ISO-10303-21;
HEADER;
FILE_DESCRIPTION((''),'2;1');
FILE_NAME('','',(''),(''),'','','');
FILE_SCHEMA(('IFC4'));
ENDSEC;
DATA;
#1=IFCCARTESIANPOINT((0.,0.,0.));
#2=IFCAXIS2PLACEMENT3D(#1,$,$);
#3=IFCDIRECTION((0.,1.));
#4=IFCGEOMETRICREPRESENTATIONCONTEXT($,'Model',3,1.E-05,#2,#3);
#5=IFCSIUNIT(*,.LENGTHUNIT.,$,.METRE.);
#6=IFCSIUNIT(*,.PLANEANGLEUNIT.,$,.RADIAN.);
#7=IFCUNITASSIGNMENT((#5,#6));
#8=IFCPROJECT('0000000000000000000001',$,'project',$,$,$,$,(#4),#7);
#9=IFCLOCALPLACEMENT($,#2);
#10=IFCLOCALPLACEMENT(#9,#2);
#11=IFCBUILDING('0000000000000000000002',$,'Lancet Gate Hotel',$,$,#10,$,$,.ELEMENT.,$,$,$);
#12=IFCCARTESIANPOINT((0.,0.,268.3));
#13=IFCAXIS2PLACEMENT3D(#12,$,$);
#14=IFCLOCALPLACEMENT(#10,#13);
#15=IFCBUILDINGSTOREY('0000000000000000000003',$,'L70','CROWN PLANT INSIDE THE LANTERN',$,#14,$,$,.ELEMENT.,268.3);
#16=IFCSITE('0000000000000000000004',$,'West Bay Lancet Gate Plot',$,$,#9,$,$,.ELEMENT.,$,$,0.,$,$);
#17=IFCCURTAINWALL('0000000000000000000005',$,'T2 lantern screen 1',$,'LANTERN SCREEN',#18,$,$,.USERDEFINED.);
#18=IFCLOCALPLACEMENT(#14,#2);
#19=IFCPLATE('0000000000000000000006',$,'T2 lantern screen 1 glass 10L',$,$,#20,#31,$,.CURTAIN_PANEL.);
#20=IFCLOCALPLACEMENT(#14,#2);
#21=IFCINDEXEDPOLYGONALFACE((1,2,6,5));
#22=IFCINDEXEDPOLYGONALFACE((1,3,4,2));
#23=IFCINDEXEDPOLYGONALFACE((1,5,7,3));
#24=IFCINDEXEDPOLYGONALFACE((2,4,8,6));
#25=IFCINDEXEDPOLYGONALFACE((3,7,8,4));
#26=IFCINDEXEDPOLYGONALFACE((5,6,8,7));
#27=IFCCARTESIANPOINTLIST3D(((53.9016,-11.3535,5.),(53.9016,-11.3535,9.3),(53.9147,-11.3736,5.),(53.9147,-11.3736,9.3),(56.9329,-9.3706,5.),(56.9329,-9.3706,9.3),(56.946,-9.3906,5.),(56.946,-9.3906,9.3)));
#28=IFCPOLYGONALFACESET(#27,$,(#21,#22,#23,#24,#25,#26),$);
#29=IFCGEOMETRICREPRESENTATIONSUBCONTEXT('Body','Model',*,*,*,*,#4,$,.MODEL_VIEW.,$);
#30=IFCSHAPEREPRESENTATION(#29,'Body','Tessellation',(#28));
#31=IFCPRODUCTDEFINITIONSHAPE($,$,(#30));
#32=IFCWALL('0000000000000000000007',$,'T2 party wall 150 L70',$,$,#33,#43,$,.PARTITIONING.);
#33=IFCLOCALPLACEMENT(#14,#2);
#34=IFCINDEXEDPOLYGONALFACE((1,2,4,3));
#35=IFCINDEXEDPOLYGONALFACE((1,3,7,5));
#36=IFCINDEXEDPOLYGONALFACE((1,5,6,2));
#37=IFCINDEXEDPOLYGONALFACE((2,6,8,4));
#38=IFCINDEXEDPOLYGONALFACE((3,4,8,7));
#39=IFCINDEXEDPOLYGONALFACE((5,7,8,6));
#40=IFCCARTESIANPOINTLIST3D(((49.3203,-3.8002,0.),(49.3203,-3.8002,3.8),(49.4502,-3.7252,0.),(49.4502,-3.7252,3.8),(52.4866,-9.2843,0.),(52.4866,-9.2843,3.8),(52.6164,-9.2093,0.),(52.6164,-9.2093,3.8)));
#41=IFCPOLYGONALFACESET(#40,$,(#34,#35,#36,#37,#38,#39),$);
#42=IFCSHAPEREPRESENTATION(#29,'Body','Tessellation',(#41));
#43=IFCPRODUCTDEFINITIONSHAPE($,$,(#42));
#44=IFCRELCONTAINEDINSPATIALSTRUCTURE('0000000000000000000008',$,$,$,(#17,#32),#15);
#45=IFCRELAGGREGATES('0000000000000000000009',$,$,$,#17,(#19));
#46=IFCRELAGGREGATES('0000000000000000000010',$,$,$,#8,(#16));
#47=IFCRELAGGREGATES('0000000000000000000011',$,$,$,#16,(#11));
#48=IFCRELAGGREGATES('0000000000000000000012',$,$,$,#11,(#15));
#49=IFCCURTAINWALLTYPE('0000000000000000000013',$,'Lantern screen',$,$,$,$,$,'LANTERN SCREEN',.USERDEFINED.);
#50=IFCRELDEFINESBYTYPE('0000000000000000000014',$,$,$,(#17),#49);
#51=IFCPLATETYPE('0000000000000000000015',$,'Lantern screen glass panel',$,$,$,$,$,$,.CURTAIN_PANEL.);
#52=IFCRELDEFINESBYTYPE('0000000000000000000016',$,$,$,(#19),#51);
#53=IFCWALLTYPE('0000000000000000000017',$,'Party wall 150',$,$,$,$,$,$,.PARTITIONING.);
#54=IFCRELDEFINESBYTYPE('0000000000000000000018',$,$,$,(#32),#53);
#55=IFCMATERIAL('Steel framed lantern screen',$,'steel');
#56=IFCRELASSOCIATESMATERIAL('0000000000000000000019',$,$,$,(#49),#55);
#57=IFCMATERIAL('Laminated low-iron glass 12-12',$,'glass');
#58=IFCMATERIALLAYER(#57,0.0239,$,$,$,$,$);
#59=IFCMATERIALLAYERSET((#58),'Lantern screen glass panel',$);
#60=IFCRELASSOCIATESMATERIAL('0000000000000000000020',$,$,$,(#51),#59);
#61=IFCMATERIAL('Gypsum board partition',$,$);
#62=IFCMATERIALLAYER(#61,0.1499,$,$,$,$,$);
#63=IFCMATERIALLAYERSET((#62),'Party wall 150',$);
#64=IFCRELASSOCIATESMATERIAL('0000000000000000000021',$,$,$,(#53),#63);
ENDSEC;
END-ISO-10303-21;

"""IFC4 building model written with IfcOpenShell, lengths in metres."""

from ifc_helpers import new_model, si_unit, direction, frame, frame_2d, origin, origin_2d, place, context, subcontext, project, spatial, rectangle, extrude, material, layer, layer_set, type_object, element, aggregate, save


model = new_model("IFC4")

# Units and contexts
model_context = context("Model", 3, precision=1e-05, world=origin(), true_north=direction((0.0, 1.0)))
body_context = subcontext(model_context, "Body", "Model", "MODEL_VIEW")
ifc_project = project(units=[si_unit("LENGTHUNIT", "METRE"), si_unit("PLANEANGLEUNIT", "RADIAN")], contexts=[model_context])

# Site, building, storey
site_placement = place(None, origin())
site = spatial("IfcSite", under=ifc_project, at=site_placement, Name="West Bay Lancet Gate Plot", CompositionType="ELEMENT", RefElevation=0.0)
building_placement = place(site_placement, origin())
building = spatial("IfcBuilding", under=site, at=building_placement, Name="Lancet Gate Hotel", CompositionType="ELEMENT")
storey_placement = place(building_placement, frame((0.0, 0.0, 268.3)))
storey = spatial("IfcBuildingStorey", under=building, at=storey_placement, Name="L70", Description="CROWN PLANT INSIDE THE LANTERN", CompositionType="ELEMENT", Elevation=268.3)

# Curtain wall
ifc_material_1 = material(Name="Steel framed lantern screen", Category="steel")
curtain_wall_type_1 = type_object("IfcCurtainWallType", Name="Lantern screen", ElementType="LANTERN SCREEN", PredefinedType="USERDEFINED", material=ifc_material_1)
curtain_wall_1_placement = place(storey_placement, origin())
curtain_wall_1 = element("IfcCurtainWall", 1, at=curtain_wall_1_placement, inside=storey, type_object=curtain_wall_type_1, Name="T2 lantern screen 1", ObjectType="LANTERN SCREEN", PredefinedType="USERDEFINED")

# Plate
ifc_material_2 = material(Name="Laminated low-iron glass 12-12", Category="glass")
ifc_layer_1 = layer(ifc_material_2, 0.0239)
ifc_layer_set_1 = layer_set([ifc_layer_1], Name="Lantern screen glass panel")
plate_type_1 = type_object("IfcPlateType", Name="Lantern screen glass panel", PredefinedType="CURTAIN_PANEL", material=ifc_layer_set_1)
plate_1_placement = place(storey_placement, frame((55.4238, -10.3721, 5.0), z_axis=(0.0, 0.0, 1.0), x_axis=(0.83685, 0.547432, 0.0)))
plate_1 = element("IfcPlate", 2, at=plate_1_placement, type_object=plate_type_1, Name="T2 lantern screen 1 glass 10L", PredefinedType="CURTAIN_PANEL", context=body_context, shape_type="SweptSolid", body=[
    extrude(rectangle(XDim=3.6223, YDim=0.0239, at=origin_2d()), origin(), (0.0, 0.0, 1.0), 4.3),
])
aggregate(curtain_wall_1, [plate_1])

# Wall
ifc_material_3 = material(Name="Gypsum board partition")
ifc_layer_2 = layer(ifc_material_3, 0.1499)
ifc_layer_set_2 = layer_set([ifc_layer_2], Name="Party wall 150")
wall_type = type_object("IfcWallType", Name="Party wall 150", PredefinedType="PARTITIONING", material=ifc_layer_set_2)
wall_placement = place(storey_placement, frame((49.3853, -3.7627, 0.0), z_axis=(0.0, 0.0, 1.0), x_axis=(0.499999, -0.866026, 0.0)))
element("IfcWall", 3, at=wall_placement, inside=storey, type_object=wall_type, Name="T2 party wall 150 L70", PredefinedType="PARTITIONING", context=body_context, shape_type="SweptSolid", body=[
    extrude(rectangle(XDim=6.3325, YDim=0.1499, at=frame_2d((3.1663, 0.0))), origin(), (0.0, 0.0, 1.0), 3.8),
])

save(model, "model.ifc")
